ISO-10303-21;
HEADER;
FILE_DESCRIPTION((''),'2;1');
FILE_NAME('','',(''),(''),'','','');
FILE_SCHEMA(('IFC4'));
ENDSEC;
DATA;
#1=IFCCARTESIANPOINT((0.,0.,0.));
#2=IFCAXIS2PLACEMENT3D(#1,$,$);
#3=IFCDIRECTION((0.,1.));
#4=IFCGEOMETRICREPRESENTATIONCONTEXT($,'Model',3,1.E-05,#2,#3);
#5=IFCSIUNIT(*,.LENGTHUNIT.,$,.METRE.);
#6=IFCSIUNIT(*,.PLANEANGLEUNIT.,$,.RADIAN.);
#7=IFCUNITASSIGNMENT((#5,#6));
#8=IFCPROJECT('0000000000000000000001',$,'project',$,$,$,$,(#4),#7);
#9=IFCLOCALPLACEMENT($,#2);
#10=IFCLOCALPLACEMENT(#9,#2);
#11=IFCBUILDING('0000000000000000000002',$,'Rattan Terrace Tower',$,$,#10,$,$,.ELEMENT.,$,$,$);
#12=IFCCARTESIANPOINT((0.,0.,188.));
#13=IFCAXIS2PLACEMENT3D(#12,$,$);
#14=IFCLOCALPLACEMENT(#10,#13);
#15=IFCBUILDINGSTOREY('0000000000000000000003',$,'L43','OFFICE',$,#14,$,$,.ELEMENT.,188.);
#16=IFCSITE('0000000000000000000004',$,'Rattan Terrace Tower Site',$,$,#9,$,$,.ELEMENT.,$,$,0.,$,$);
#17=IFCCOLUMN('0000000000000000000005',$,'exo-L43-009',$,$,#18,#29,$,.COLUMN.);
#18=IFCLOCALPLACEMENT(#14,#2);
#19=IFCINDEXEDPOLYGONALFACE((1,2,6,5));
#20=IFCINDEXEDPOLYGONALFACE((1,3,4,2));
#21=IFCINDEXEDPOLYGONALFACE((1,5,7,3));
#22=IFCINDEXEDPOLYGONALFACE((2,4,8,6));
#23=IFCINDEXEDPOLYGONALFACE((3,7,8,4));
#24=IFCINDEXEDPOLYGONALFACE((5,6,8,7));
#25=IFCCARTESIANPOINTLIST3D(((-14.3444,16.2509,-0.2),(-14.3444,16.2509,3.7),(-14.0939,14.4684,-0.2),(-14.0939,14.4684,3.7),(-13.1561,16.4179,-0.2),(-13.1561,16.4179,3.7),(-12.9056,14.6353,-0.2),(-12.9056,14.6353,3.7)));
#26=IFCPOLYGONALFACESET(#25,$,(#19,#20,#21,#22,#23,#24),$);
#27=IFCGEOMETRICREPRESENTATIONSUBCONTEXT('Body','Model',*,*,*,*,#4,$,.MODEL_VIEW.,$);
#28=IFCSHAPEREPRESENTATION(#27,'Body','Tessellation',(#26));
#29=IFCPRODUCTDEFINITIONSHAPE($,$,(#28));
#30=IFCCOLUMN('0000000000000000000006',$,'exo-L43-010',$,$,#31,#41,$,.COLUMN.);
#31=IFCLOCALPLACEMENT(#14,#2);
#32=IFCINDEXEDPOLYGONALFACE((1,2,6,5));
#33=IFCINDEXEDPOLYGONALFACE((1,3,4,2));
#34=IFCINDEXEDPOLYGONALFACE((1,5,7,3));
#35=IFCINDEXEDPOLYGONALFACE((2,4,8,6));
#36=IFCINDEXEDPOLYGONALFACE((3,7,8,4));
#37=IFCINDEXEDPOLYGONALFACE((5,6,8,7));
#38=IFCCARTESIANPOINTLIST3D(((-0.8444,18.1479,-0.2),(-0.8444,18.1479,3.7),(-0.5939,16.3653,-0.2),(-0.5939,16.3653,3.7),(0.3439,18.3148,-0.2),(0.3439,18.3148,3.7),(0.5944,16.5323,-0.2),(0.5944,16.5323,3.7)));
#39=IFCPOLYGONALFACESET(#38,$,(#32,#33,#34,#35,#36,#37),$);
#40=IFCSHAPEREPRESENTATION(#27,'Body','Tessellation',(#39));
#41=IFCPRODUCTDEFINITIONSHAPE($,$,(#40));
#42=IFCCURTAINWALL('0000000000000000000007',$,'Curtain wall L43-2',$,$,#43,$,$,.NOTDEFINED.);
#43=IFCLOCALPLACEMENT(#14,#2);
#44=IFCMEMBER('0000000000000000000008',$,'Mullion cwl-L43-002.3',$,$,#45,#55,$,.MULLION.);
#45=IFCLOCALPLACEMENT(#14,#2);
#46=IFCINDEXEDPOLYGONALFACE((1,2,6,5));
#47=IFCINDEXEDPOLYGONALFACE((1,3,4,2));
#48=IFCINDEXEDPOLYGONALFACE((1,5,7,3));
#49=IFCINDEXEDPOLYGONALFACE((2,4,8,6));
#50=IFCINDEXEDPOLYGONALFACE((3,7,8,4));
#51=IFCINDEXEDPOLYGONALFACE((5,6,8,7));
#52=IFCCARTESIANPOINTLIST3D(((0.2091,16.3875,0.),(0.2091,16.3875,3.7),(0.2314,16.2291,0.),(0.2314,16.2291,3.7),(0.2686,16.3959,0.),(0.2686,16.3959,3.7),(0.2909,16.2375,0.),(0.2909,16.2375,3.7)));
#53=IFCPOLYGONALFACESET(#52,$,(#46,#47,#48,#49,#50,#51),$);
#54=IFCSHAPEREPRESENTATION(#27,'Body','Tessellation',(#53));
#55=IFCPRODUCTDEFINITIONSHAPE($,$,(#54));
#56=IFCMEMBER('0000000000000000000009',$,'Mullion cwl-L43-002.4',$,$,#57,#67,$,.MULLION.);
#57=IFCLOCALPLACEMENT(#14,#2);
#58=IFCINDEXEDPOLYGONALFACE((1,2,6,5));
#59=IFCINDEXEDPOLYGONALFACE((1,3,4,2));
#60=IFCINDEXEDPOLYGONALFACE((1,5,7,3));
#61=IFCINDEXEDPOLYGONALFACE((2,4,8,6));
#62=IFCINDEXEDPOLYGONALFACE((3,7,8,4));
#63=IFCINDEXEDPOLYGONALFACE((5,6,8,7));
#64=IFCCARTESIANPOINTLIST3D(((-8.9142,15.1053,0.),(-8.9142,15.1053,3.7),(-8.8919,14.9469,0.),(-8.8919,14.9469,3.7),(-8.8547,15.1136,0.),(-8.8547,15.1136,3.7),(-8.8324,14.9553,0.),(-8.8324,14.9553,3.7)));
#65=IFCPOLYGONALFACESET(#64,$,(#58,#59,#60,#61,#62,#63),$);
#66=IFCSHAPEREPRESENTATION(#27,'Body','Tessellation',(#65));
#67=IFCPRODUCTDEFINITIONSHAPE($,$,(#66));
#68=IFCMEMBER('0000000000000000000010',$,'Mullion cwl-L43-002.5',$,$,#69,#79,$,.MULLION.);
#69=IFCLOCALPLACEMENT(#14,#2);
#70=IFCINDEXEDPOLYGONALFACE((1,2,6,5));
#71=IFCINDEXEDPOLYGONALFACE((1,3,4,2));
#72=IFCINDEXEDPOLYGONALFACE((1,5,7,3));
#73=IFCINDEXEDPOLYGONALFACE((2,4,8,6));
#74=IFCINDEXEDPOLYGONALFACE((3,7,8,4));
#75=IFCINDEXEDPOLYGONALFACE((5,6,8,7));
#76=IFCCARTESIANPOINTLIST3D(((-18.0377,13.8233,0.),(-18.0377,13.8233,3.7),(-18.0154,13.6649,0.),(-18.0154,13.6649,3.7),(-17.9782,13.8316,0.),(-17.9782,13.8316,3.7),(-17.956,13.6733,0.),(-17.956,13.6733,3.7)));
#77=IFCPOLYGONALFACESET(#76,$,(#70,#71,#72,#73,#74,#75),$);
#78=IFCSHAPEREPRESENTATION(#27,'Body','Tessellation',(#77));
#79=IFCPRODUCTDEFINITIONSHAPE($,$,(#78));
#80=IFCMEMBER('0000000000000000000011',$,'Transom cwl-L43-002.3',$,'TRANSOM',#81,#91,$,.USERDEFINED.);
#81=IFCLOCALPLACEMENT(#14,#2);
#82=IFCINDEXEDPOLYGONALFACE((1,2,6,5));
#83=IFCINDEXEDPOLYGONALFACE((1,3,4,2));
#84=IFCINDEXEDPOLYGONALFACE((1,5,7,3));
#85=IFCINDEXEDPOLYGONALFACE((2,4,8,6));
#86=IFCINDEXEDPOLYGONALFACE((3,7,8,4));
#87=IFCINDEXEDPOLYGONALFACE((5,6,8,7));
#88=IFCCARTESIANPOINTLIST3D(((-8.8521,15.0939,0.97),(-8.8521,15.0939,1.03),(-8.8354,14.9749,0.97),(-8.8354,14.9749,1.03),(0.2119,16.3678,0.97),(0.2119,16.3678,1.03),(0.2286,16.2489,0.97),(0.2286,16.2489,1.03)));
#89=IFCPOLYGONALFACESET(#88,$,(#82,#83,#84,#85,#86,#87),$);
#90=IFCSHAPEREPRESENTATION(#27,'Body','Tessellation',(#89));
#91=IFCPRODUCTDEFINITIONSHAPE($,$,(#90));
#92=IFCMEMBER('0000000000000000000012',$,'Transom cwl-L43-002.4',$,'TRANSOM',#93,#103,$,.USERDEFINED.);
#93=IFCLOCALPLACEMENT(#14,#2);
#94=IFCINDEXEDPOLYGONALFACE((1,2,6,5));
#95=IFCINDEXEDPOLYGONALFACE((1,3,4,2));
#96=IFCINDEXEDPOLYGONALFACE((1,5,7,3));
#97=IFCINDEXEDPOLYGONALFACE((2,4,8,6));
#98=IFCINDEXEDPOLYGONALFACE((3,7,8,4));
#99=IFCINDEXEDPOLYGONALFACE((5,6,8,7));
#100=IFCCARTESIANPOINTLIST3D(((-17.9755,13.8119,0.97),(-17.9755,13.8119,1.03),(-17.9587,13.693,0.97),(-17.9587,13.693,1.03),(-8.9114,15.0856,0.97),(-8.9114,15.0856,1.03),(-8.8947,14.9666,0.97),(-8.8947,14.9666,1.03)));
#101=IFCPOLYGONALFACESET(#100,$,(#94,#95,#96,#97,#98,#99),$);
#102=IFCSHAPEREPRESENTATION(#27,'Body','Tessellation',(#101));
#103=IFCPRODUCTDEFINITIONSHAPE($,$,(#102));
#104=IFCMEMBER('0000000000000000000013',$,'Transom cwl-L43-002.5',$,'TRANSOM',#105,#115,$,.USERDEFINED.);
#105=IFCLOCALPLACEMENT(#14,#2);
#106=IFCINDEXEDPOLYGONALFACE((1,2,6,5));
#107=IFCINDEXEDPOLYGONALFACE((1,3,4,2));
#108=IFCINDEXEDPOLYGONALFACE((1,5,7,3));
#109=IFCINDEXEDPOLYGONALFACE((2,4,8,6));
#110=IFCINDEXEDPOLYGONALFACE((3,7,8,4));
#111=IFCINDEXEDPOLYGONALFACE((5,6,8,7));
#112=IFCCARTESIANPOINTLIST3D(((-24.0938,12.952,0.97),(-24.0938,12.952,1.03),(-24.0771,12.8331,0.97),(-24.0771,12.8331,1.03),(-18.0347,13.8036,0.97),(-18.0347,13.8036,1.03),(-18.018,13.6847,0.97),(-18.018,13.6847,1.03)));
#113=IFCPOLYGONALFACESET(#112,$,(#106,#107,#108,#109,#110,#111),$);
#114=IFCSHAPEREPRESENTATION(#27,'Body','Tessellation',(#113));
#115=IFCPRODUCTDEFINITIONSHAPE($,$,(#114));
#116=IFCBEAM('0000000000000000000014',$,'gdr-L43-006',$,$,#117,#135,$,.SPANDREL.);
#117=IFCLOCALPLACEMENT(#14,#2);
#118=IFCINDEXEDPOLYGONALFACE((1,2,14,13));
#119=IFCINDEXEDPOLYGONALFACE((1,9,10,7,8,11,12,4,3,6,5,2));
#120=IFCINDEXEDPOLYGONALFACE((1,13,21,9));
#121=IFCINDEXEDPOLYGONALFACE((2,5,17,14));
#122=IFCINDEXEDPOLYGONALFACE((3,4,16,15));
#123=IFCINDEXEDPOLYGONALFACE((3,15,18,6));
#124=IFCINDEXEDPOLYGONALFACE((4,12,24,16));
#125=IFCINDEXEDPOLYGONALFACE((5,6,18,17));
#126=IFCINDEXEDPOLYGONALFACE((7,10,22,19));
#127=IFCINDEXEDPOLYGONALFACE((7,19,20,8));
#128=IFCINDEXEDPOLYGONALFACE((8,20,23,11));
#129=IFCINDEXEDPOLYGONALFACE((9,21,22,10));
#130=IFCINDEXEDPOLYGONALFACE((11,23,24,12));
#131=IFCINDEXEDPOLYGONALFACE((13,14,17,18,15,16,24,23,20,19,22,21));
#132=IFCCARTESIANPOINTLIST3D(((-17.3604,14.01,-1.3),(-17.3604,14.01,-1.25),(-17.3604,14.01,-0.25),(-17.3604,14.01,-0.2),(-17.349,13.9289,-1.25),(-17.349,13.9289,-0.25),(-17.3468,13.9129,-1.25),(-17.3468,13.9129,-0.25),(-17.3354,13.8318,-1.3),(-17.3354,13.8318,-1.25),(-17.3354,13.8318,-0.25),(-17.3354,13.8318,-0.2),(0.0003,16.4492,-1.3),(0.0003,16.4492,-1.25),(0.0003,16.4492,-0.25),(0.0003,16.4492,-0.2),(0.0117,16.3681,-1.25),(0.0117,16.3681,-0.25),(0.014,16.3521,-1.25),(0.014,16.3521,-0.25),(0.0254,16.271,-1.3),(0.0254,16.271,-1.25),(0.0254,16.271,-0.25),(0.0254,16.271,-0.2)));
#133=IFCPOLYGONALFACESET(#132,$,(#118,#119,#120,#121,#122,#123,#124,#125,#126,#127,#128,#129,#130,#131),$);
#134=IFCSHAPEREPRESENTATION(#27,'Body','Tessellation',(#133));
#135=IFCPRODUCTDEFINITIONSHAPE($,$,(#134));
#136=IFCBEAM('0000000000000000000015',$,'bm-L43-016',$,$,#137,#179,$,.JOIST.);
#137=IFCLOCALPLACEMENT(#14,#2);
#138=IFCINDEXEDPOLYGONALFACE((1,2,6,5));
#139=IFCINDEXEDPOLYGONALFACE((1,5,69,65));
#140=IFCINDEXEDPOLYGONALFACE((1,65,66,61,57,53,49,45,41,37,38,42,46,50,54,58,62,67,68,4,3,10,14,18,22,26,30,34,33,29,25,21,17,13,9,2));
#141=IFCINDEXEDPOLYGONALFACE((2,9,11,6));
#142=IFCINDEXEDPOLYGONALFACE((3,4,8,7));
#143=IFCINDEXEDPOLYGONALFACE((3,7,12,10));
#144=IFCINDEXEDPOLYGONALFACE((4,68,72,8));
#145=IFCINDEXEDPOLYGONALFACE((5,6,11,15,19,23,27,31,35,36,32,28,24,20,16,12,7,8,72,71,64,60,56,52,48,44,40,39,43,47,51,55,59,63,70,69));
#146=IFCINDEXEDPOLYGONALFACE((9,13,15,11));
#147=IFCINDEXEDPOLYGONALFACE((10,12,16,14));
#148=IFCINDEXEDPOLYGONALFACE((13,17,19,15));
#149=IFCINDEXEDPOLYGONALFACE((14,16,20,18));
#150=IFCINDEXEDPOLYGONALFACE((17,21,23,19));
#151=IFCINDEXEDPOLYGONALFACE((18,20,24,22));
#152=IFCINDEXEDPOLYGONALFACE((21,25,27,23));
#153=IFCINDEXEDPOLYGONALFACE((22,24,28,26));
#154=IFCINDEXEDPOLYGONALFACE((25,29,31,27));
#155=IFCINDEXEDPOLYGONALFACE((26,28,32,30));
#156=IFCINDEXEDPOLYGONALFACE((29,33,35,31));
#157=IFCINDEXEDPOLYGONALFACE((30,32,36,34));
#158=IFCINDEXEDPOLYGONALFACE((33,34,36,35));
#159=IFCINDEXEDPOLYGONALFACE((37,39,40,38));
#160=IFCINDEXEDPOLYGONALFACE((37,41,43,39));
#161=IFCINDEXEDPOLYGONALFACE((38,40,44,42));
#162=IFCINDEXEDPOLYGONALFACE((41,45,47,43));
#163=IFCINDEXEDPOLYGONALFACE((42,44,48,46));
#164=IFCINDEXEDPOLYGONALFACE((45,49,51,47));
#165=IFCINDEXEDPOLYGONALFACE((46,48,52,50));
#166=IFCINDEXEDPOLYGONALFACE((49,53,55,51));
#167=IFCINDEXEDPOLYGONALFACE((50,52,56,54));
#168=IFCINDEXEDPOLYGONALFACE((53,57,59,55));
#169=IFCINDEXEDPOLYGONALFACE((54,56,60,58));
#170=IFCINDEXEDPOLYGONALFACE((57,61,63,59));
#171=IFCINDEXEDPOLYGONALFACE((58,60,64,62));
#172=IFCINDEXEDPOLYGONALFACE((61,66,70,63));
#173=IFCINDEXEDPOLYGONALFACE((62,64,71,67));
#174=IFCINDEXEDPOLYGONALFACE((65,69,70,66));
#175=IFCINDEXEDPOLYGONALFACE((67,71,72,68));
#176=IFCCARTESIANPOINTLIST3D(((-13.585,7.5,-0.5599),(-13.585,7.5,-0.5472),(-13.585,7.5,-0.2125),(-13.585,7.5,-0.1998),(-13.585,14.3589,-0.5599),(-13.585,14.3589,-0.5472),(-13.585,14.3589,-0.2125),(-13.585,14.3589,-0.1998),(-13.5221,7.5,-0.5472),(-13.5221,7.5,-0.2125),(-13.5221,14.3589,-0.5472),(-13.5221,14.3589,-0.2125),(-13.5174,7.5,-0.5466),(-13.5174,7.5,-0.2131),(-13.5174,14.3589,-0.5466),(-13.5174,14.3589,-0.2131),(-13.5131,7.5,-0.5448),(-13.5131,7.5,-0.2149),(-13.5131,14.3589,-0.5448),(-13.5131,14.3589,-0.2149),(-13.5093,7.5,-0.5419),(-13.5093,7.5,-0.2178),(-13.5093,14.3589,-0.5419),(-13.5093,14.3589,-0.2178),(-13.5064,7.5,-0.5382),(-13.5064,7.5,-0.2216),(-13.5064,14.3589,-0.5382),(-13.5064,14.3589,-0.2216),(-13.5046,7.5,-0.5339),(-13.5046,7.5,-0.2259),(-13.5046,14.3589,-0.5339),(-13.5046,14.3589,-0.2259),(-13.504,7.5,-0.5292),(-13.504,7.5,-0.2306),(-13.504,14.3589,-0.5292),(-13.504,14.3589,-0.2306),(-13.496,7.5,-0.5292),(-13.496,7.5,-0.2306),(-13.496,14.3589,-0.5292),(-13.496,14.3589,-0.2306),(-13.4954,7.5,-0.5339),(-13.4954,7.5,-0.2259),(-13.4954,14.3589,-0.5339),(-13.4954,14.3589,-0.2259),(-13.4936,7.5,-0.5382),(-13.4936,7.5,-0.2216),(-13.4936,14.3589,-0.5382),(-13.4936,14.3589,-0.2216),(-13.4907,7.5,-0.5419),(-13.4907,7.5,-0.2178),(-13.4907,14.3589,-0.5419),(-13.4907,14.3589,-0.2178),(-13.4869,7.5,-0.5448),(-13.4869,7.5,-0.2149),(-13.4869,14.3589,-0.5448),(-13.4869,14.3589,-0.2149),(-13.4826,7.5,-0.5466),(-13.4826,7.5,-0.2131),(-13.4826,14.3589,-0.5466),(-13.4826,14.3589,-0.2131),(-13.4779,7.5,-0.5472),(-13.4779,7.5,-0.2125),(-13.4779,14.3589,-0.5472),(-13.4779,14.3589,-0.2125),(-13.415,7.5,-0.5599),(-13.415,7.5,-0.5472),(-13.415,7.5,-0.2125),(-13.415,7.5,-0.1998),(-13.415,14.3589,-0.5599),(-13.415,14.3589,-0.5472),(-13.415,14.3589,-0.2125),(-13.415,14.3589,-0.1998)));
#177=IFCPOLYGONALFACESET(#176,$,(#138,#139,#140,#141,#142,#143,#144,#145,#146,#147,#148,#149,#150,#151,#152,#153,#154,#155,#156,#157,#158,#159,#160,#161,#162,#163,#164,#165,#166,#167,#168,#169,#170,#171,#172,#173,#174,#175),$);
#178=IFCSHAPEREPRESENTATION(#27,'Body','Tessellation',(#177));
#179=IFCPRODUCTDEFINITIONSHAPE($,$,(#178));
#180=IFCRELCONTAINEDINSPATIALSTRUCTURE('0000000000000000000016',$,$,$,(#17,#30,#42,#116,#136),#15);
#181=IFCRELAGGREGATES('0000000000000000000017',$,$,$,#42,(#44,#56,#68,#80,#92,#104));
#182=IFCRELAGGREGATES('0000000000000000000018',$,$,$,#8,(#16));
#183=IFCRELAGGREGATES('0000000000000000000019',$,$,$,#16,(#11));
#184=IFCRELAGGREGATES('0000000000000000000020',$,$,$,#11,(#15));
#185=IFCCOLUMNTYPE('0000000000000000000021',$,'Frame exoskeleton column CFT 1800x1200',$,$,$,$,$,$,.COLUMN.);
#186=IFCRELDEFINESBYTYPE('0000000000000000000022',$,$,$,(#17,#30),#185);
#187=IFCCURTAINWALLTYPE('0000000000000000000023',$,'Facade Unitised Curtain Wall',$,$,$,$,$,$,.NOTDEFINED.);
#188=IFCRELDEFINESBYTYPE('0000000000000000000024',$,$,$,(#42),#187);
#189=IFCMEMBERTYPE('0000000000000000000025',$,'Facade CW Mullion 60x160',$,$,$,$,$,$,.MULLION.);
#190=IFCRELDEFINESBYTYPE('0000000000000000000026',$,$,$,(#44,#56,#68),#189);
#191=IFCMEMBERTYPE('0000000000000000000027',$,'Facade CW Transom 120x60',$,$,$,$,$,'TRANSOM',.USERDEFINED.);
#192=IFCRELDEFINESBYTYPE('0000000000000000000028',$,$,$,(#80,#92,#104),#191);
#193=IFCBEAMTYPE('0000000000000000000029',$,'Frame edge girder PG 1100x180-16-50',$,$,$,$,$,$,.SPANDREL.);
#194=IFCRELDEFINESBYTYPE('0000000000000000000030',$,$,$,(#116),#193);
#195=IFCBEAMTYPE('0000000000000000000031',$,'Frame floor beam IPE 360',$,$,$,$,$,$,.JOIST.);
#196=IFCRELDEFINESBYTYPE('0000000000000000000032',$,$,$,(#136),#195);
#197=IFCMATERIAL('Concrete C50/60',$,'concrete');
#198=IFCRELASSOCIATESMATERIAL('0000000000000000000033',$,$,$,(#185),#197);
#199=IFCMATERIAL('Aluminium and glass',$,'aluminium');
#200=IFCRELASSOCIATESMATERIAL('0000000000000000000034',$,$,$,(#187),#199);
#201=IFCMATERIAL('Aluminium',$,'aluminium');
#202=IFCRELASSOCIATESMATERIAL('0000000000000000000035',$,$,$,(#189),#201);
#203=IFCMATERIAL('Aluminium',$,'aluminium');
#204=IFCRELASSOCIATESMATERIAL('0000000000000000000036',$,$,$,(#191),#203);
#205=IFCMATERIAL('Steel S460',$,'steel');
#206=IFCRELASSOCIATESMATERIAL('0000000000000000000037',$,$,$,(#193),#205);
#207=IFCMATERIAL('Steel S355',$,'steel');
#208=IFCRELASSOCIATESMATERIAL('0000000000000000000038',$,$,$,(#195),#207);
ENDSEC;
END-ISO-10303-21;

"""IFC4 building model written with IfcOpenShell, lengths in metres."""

from ifc_helpers import new_model, si_unit, direction, frame, origin, origin_2d, place, context, subcontext, project, spatial, rectangle, i_section, extrude, material, material_profile, profile_set, type_object, element, aggregate, save


model = new_model("IFC4")

# Units and contexts
model_context = context("Model", 3, precision=1e-05, world=origin(), true_north=direction((0.0, 1.0)))
body_context = subcontext(model_context, "Body", "Model", "MODEL_VIEW")
ifc_project = project(units=[si_unit("LENGTHUNIT", "METRE"), si_unit("PLANEANGLEUNIT", "RADIAN")], contexts=[model_context])

# Site, building, storey
site_placement = place(None, origin())
site = spatial("IfcSite", under=ifc_project, at=site_placement, Name="Rattan Terrace Tower Site", CompositionType="ELEMENT", RefElevation=0.0)
building_placement = place(site_placement, origin())
building = spatial("IfcBuilding", under=site, at=building_placement, Name="Rattan Terrace Tower", CompositionType="ELEMENT")
storey_placement = place(building_placement, frame((0.0, 0.0, 188.0)))
storey = spatial("IfcBuildingStorey", under=building, at=storey_placement, Name="L43", Description="OFFICE", CompositionType="ELEMENT", Elevation=188.0)

# Columns
ifc_material_1 = material(Name="Concrete C50/60", Category="concrete")
ifc_material_profile_1 = material_profile(ifc_material_1, rectangle(XDim=1.2, YDim=1.8, at=origin_2d()), Name="CFT 1800x1200")
ifc_profile_set_1 = profile_set([ifc_material_profile_1], Name="Concrete C50/60")
column_type = type_object("IfcColumnType", Name="Frame exoskeleton column CFT 1800x1200", PredefinedType="COLUMN", material=ifc_profile_set_1)
for number, where, z_axis, x_axis, name in (
    (1, (-13.625, 15.4431, -0.2), (0.0, 0.0, 1.0), (0.99027, 0.139156, 0.0), "exo-L43-009"),
    (2, (-0.125, 17.3401, -0.2), (0.0, 0.0, 1.0), (0.99027, 0.139156, 0.0), "exo-L43-010"),
):
    element("IfcColumn", number, at=place(storey_placement, frame(where, z_axis=z_axis, x_axis=x_axis)), inside=storey, type_object=column_type, Name=name, PredefinedType="COLUMN", context=body_context, shape_type="SweptSolid", body=[
        extrude(rectangle(XDim=1.2, YDim=1.8, at=origin_2d()), origin(), (0.0, 0.0, 1.0), 3.8999),
    ])

# Curtain wall, members
ifc_material_2 = material(Name="Aluminium and glass", Category="aluminium")
curtain_wall_type = type_object("IfcCurtainWallType", Name="Facade Unitised Curtain Wall", PredefinedType="NOTDEFINED", material=ifc_material_2)
curtain_wall_placement = place(storey_placement, origin())
curtain_wall = element("IfcCurtainWall", 3, at=curtain_wall_placement, inside=storey, type_object=curtain_wall_type, Name="Curtain wall L43-2", PredefinedType="NOTDEFINED")
ifc_material_3 = material(Name="Aluminium", Category="aluminium")
ifc_material_profile_2 = material_profile(ifc_material_3, rectangle(XDim=0.0601, YDim=0.1599, at=origin_2d()), Name="Aluminium 60x160")
ifc_profile_set_2 = profile_set([ifc_material_profile_2], Name="Aluminium")
member_type_1 = type_object("IfcMemberType", Name="Facade CW Mullion 60x160", PredefinedType="MULLION", material=ifc_profile_set_2)
member_1_placement = place(storey_placement, frame((0.25, 16.3125, 0.0), z_axis=(0.0, 0.0, 1.0), x_axis=(-0.99027, -0.139161, 0.0)))
member_1 = element("IfcMember", 4, at=member_1_placement, type_object=member_type_1, Name="Mullion cwl-L43-002.3", PredefinedType="MULLION", context=body_context, shape_type="SweptSolid", body=[
    extrude(rectangle(XDim=0.0601, YDim=0.1599, at=origin_2d()), origin(), (0.0, 0.0, 1.0), 3.7),
])
member_2_placement = place(storey_placement, frame((-8.8733, 15.0303, 0.0), z_axis=(0.0, 0.0, 1.0), x_axis=(-0.99027, -0.139161, 0.0)))
member_2 = element("IfcMember", 5, at=member_2_placement, type_object=member_type_1, Name="Mullion cwl-L43-002.4", PredefinedType="MULLION", context=body_context, shape_type="SweptSolid", body=[
    extrude(rectangle(XDim=0.0601, YDim=0.1599, at=origin_2d()), origin(), (0.0, 0.0, 1.0), 3.7),
])
member_3_placement = place(storey_placement, frame((-17.9968, 13.7483, 0.0), z_axis=(0.0, 0.0, 1.0), x_axis=(-0.99027, -0.139161, 0.0)))
member_3 = element("IfcMember", 6, at=member_3_placement, type_object=member_type_1, Name="Mullion cwl-L43-002.5", PredefinedType="MULLION", context=body_context, shape_type="SweptSolid", body=[
    extrude(rectangle(XDim=0.0601, YDim=0.1599, at=origin_2d()), origin(), (0.0, 0.0, 1.0), 3.7),
])
ifc_material_4 = material(Name="Aluminium", Category="aluminium")
ifc_material_profile_3 = material_profile(ifc_material_4, rectangle(XDim=0.1201, YDim=0.0601, at=origin_2d()), Name="Aluminium 120x60")
ifc_profile_set_3 = profile_set([ifc_material_profile_3], Name="Aluminium")
member_type_2 = type_object("IfcMemberType", Name="Facade CW Transom 120x60", ElementType="TRANSOM", PredefinedType="USERDEFINED", material=ifc_profile_set_3)
member_4_placement = place(storey_placement, frame((0.2202, 16.3083, 1.0), z_axis=(-0.990267, -0.13918, 0.0), x_axis=(0.13918, -0.990267, 0.0)))
member_4 = element("IfcMember", 7, at=member_4_placement, type_object=member_type_2, Name="Transom cwl-L43-002.3", ObjectType="TRANSOM", PredefinedType="USERDEFINED", context=body_context, shape_type="SweptSolid", body=[
    extrude(rectangle(XDim=0.1201, YDim=0.0601, at=origin_2d()), origin(), (0.0, 0.0, 1.0), 9.1531),
])
member_5_placement = place(storey_placement, frame((-8.9031, 15.0261, 1.0), z_axis=(-0.990271, -0.139154, 0.0), x_axis=(0.139154, -0.990271, 0.0)))
member_5 = element("IfcMember", 8, at=member_5_placement, type_object=member_type_2, Name="Transom cwl-L43-002.4", ObjectType="TRANSOM", PredefinedType="USERDEFINED", context=body_context, shape_type="SweptSolid", body=[
    extrude(rectangle(XDim=0.1201, YDim=0.0601, at=origin_2d()), origin(), (0.0, 0.0, 1.0), 9.1531),
])
member_6_placement = place(storey_placement, frame((-18.0264, 13.7441, 1.0), z_axis=(-0.990268, -0.139175, 0.0), x_axis=(0.139175, -0.990268, 0.0)))
member_6 = element("IfcMember", 9, at=member_6_placement, type_object=member_type_2, Name="Transom cwl-L43-002.5", ObjectType="TRANSOM", PredefinedType="USERDEFINED", context=body_context, shape_type="SweptSolid", body=[
    extrude(rectangle(XDim=0.1201, YDim=0.0601, at=origin_2d()), origin(), (0.0, 0.0, 1.0), 6.1187),
])

# Beams
ifc_material_5 = material(Name="Steel S460", Category="steel")
ifc_material_profile_4 = material_profile(ifc_material_5, i_section(OverallWidth=0.1799, OverallDepth=1.1001, WebThickness=0.0161, FlangeThickness=0.05, at=origin_2d()), Name="PG 1100x180-16-50")
ifc_profile_set_4 = profile_set([ifc_material_profile_4], Name="Steel S460")
beam_type_1 = type_object("IfcBeamType", Name="Frame edge girder PG 1100x180-16-50", PredefinedType="SPANDREL", material=ifc_profile_set_4)
beam_1_placement = place(storey_placement, frame((-17.3479, 13.9209, -0.75), z_axis=(0.990274, 0.139134, 0.0), x_axis=(-0.139134, 0.990274, 0.0)))
element("IfcBeam", 10, at=beam_1_placement, inside=storey, type_object=beam_type_1, Name="gdr-L43-006", PredefinedType="SPANDREL", context=body_context, shape_type="SweptSolid", body=[
    extrude(i_section(OverallWidth=0.1799, OverallDepth=1.1001, WebThickness=0.0161, FlangeThickness=0.05, at=origin_2d()), origin(), (0.0, 0.0, 1.0), 17.5312),
])
ifc_material_6 = material(Name="Steel S355", Category="steel")
ifc_material_profile_5 = material_profile(ifc_material_6, i_section(OverallWidth=0.1699, OverallDepth=0.3601, WebThickness=0.0081, FlangeThickness=0.0127, FilletRadius=0.0181, at=origin_2d()), Name="IPE 360")
ifc_profile_set_5 = profile_set([ifc_material_profile_5], Name="Steel S355")
beam_type_2 = type_object("IfcBeamType", Name="Frame floor beam IPE 360", PredefinedType="JOIST", material=ifc_profile_set_5)
beam_2_placement = place(storey_placement, frame((-13.5, 7.5, -0.3799), z_axis=(0.0, 1.0, 0.0), x_axis=(-1.0, 0.0, 0.0)))
element("IfcBeam", 11, at=beam_2_placement, inside=storey, type_object=beam_type_2, Name="bm-L43-016", PredefinedType="JOIST", context=body_context, shape_type="SweptSolid", body=[
    extrude(i_section(OverallWidth=0.1699, OverallDepth=0.3601, WebThickness=0.0081, FlangeThickness=0.0127, FilletRadius=0.0181, at=origin_2d()), origin(), (0.0, 0.0, 1.0), 6.8589),
])

aggregate(curtain_wall, [member_1, member_2, member_3, member_4, member_5, member_6])

save(model, "model.ifc")
